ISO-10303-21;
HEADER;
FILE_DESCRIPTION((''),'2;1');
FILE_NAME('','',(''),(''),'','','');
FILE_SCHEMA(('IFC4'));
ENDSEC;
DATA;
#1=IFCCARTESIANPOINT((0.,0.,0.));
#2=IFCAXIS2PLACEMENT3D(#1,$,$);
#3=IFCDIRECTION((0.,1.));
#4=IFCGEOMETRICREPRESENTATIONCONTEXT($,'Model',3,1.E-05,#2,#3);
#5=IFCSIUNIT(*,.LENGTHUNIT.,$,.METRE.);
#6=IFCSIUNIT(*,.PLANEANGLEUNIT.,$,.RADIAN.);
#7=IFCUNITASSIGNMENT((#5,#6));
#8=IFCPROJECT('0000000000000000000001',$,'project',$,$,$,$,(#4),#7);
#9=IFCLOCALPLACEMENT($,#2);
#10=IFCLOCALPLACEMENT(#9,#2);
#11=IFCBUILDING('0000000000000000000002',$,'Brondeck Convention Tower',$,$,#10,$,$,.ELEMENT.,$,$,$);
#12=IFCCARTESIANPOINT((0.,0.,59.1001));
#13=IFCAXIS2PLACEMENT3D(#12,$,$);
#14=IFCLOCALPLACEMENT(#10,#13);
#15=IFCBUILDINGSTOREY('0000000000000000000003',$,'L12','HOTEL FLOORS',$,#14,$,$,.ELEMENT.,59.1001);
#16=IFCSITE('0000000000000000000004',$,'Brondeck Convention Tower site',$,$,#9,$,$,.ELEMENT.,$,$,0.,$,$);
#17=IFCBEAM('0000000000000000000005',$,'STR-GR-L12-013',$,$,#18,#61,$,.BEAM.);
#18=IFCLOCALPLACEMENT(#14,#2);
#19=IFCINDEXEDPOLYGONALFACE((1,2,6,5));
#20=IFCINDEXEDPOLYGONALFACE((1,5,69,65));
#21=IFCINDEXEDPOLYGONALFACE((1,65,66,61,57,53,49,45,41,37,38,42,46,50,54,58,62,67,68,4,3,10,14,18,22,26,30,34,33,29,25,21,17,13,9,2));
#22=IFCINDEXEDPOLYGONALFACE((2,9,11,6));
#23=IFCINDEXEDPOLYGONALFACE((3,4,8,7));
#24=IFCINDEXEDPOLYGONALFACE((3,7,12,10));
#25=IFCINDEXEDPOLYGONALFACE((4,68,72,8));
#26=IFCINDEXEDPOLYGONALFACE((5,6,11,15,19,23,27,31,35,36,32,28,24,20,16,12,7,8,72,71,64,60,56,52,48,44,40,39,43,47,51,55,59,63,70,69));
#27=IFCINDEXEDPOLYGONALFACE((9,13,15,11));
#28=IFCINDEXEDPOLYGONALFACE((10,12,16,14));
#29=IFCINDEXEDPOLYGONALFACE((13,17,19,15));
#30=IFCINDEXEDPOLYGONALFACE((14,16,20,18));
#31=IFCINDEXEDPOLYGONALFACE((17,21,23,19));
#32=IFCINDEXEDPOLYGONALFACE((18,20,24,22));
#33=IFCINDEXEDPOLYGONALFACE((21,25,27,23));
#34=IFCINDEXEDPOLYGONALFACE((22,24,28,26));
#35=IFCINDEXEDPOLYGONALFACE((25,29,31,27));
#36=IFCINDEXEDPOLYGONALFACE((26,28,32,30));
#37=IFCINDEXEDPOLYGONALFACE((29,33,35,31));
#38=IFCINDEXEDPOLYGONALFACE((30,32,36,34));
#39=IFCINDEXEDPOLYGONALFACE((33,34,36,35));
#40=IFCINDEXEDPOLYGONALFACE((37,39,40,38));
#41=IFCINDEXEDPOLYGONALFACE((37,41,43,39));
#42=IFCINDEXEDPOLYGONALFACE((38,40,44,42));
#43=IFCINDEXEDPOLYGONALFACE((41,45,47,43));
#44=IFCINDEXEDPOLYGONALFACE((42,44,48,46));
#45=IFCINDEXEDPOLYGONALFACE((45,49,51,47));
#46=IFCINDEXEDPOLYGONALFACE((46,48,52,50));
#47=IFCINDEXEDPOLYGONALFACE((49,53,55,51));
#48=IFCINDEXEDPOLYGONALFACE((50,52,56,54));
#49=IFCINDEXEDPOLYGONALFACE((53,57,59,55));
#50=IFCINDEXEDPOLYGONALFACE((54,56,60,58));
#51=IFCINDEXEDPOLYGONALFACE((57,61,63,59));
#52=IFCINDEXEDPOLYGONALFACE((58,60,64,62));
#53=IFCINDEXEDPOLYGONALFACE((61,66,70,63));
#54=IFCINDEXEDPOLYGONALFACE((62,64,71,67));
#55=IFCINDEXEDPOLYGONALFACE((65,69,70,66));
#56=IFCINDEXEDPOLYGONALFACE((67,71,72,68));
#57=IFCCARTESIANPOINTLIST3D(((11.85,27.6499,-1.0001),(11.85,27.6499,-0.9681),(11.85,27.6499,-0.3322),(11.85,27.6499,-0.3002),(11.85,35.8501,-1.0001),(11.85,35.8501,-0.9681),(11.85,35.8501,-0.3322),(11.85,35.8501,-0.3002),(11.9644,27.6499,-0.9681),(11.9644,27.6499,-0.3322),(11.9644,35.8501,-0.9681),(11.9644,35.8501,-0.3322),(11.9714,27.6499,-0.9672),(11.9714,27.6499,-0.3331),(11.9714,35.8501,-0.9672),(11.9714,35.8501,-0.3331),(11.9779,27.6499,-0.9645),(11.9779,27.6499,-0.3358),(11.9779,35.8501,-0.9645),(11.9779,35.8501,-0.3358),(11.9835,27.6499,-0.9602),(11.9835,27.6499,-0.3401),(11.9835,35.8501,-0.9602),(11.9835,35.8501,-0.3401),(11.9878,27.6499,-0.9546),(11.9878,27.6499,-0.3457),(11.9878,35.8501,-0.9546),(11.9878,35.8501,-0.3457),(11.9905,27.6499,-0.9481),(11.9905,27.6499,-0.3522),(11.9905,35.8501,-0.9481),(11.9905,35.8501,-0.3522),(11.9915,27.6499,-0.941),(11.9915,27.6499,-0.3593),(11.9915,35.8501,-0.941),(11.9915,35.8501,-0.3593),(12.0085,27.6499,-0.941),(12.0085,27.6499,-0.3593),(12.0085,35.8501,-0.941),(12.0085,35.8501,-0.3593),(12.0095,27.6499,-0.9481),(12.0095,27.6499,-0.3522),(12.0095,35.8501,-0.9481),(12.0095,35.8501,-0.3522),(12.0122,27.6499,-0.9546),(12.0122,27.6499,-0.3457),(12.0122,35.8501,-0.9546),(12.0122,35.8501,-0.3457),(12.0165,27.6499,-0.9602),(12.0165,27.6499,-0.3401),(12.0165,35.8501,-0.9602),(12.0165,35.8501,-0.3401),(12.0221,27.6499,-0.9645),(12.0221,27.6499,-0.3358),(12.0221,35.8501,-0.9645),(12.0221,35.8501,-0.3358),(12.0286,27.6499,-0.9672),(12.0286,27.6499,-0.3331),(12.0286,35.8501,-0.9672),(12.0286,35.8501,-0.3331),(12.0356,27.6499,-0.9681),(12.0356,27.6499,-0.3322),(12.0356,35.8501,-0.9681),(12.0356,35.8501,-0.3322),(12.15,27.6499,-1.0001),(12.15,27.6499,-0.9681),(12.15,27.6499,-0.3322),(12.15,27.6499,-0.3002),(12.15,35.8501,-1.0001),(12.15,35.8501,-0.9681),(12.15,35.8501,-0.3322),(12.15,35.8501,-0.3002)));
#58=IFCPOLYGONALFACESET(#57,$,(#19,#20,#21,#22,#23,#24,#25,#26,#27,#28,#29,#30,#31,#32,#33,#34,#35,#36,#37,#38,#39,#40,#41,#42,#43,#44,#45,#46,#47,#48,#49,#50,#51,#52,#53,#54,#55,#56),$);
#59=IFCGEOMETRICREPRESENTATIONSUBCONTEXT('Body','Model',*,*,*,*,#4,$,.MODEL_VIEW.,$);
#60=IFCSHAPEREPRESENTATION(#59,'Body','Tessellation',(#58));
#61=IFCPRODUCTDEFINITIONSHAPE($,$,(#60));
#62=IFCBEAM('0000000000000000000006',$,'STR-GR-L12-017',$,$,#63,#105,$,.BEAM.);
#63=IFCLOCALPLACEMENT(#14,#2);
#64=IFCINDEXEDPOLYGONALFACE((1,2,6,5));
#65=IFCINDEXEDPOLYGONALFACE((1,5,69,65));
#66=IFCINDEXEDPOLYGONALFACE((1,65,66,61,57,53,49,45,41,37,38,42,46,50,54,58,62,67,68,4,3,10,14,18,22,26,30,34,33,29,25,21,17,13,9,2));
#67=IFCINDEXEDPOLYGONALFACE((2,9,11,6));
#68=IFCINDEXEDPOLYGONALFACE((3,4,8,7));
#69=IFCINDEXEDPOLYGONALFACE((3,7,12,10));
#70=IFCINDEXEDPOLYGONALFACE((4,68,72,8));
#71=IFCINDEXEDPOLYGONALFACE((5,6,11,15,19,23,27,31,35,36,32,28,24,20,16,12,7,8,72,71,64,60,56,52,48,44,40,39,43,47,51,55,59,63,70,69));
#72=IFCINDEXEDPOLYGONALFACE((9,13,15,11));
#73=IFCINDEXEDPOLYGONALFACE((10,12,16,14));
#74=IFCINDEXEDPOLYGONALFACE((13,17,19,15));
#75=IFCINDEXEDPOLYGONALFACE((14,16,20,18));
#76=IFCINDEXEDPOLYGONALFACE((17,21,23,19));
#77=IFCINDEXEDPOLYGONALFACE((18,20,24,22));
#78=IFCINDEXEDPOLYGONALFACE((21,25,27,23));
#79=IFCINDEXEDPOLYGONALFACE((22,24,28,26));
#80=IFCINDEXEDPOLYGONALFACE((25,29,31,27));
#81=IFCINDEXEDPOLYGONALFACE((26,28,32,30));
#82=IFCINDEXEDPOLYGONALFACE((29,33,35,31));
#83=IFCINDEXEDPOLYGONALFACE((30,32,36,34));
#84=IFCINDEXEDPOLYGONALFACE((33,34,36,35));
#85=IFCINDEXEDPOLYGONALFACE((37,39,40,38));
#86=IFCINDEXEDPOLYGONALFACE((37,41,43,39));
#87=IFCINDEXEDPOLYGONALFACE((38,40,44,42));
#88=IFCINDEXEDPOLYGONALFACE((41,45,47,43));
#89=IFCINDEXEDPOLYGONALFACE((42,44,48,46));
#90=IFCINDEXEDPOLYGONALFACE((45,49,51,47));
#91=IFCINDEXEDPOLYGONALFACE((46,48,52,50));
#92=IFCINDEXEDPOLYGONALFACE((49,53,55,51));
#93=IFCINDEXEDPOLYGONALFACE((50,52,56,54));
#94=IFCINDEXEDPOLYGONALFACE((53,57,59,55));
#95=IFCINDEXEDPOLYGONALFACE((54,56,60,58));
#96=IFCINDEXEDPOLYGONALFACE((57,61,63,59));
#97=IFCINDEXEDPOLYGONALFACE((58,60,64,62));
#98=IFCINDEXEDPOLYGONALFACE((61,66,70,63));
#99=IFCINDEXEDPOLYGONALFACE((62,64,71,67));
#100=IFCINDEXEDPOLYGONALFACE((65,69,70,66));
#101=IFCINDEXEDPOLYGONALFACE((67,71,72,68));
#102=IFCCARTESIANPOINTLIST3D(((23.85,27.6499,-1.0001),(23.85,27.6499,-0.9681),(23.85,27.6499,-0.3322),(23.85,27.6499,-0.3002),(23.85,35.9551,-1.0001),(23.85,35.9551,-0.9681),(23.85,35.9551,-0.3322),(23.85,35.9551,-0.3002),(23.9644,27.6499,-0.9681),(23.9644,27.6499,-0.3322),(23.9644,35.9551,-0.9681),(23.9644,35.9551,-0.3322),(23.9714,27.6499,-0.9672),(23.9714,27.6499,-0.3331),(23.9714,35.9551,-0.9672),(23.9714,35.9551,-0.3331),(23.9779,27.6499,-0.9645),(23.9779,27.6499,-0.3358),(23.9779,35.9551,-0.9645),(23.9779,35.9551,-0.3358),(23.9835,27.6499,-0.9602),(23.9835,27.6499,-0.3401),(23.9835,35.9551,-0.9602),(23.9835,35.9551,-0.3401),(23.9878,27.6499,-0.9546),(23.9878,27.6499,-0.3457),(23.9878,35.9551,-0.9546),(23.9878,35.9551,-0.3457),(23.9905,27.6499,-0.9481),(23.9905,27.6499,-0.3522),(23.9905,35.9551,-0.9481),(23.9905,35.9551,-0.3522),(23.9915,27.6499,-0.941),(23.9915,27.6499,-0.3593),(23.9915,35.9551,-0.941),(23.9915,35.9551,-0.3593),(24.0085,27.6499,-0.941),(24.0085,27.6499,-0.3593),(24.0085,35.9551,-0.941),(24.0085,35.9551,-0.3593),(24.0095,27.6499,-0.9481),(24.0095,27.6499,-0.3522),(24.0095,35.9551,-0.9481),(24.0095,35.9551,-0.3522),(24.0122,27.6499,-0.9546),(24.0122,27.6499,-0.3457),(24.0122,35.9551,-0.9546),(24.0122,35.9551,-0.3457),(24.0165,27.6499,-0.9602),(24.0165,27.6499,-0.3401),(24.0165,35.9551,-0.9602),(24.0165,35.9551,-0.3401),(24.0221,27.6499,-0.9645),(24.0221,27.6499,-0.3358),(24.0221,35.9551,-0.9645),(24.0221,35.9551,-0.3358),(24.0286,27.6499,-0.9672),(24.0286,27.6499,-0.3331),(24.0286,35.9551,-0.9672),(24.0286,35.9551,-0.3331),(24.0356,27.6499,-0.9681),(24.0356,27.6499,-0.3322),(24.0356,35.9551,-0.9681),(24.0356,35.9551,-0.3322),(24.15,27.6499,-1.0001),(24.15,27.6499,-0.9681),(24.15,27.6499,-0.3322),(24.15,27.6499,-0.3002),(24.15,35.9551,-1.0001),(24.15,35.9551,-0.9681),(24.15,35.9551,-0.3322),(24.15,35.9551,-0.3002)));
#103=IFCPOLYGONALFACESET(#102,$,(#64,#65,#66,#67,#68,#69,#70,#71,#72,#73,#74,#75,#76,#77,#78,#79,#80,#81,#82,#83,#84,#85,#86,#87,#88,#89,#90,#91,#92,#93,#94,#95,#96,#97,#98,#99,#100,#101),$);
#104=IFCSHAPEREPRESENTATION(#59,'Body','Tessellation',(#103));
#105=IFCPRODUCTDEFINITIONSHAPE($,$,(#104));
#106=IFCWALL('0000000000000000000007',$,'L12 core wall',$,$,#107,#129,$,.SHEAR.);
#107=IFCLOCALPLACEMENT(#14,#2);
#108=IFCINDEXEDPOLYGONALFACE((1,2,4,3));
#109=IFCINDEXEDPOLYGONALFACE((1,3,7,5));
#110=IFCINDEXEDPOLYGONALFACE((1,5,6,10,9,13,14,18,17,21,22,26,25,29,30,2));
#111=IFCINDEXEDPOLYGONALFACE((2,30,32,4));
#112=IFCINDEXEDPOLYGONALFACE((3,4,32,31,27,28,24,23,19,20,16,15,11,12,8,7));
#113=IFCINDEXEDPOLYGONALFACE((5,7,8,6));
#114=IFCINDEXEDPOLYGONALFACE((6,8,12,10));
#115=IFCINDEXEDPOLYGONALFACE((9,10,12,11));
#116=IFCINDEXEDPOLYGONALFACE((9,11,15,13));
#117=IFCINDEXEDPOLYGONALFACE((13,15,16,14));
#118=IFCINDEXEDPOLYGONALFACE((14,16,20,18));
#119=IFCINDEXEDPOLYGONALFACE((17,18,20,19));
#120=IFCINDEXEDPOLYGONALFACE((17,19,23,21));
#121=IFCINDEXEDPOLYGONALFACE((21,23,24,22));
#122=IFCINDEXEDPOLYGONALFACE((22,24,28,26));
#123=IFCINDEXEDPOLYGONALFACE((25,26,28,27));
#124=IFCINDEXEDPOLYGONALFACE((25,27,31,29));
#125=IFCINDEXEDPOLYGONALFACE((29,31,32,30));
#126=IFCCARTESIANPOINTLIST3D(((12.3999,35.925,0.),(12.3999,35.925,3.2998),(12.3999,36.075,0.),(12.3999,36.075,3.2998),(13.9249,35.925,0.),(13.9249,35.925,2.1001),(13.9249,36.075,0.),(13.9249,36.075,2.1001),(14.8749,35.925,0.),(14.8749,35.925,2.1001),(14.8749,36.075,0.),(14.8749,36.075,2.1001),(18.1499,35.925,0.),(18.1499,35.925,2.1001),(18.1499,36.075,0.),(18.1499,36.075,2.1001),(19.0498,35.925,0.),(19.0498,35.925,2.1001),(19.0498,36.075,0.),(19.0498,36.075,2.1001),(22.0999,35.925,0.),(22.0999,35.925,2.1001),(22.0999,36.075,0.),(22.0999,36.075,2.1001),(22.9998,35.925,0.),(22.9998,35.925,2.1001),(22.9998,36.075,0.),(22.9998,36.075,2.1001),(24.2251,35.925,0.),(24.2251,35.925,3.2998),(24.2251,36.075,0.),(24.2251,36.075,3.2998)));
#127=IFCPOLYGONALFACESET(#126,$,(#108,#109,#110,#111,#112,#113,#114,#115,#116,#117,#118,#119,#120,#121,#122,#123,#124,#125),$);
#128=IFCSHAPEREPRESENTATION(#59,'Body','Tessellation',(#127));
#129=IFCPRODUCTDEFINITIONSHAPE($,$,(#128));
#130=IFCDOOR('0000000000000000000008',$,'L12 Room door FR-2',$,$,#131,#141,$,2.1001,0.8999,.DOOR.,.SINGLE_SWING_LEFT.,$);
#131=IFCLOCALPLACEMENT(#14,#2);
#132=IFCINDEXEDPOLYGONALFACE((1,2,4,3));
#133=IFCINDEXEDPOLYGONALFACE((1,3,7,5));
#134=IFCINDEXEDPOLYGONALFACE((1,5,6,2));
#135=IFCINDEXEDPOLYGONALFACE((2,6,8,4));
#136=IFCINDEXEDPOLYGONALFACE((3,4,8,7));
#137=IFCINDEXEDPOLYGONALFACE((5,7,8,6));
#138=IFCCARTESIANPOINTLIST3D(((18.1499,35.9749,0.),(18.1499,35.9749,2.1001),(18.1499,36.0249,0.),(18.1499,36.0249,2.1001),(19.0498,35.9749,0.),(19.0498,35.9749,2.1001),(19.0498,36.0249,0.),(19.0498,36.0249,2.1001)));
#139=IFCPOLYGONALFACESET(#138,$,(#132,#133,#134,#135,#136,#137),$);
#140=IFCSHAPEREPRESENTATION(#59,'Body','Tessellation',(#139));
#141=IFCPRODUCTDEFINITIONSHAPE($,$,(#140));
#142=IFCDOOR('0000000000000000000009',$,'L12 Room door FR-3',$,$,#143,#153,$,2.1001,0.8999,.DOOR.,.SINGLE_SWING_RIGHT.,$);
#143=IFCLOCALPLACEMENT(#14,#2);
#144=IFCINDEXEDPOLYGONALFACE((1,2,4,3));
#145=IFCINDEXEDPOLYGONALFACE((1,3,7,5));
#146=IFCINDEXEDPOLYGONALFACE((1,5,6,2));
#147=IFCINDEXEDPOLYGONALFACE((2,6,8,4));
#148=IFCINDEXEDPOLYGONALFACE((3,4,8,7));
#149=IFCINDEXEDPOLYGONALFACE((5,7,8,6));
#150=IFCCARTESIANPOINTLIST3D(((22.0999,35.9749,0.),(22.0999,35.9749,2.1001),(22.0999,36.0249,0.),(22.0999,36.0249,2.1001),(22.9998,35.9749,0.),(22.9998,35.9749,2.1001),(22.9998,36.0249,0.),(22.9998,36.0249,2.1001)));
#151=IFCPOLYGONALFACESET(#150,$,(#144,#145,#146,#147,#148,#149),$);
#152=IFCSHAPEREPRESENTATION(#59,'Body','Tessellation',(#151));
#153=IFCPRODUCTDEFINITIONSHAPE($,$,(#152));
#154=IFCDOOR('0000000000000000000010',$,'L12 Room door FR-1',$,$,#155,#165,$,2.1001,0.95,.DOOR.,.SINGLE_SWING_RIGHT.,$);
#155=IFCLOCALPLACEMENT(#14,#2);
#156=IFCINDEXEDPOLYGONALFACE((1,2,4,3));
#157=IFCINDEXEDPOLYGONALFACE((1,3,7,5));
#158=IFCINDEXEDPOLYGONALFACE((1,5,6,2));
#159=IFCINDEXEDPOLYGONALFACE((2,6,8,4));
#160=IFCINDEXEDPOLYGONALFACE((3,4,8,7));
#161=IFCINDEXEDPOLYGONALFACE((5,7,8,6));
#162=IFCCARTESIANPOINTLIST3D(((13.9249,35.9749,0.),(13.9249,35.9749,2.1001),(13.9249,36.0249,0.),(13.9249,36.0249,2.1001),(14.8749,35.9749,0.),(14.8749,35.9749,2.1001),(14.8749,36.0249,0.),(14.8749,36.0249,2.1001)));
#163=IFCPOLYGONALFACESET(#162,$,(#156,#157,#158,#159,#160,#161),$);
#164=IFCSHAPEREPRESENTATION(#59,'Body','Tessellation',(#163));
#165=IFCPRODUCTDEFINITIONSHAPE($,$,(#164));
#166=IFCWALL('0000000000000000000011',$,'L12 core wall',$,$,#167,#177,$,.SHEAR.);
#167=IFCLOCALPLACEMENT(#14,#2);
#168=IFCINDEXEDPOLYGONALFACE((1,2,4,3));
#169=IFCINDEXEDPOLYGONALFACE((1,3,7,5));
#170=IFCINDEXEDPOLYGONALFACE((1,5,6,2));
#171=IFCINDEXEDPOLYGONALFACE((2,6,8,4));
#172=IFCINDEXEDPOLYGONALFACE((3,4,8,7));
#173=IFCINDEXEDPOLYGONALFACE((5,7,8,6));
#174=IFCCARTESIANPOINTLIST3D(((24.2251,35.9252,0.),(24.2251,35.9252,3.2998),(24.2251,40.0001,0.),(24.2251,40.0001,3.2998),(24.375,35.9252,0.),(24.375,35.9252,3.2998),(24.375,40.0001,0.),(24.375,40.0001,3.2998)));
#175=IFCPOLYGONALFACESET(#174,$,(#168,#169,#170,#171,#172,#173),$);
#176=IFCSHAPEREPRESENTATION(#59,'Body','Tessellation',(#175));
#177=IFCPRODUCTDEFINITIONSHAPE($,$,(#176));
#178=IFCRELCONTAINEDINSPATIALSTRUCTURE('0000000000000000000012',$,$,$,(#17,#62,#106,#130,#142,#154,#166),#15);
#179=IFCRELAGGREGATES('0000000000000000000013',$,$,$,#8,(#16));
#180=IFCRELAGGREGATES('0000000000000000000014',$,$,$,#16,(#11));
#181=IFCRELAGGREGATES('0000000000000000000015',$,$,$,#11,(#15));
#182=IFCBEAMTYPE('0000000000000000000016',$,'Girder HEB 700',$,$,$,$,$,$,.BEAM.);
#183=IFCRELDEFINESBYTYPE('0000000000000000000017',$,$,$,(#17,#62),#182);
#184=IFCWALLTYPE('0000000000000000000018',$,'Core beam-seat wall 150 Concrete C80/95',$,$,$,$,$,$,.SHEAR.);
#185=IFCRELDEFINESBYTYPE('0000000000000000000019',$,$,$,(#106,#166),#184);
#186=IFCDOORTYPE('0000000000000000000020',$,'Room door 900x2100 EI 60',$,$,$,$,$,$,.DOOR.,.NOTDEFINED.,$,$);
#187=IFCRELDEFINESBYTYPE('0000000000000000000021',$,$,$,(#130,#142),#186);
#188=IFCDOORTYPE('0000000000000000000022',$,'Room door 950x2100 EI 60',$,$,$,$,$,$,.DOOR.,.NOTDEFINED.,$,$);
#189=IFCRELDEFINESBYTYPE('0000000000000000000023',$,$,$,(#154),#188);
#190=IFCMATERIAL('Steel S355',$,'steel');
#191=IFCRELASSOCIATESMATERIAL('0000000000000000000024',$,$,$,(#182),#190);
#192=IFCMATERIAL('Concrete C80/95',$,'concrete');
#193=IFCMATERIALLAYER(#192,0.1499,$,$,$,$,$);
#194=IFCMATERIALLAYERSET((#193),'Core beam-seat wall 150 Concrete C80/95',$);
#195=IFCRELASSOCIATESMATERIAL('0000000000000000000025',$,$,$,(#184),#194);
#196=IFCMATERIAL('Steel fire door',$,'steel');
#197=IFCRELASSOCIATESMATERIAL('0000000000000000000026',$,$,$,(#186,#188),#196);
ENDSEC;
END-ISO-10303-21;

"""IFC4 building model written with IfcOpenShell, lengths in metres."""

from ifc_helpers import new_model, si_unit, direction, frame, frame_2d, origin, origin_2d, place, context, subcontext, project, spatial, rectangle, i_section, extrude, material, layer, layer_set, material_profile, profile_set, type_object, element, fill, save


model = new_model("IFC4")

# Units and contexts
model_context = context("Model", 3, precision=1e-05, world=origin(), true_north=direction((0.0, 1.0)))
body_context = subcontext(model_context, "Body", "Model", "MODEL_VIEW")
ifc_project = project(units=[si_unit("LENGTHUNIT", "METRE"), si_unit("PLANEANGLEUNIT", "RADIAN")], contexts=[model_context])

# Site, building, storey
site_placement = place(None, origin())
site = spatial("IfcSite", under=ifc_project, at=site_placement, Name="Brondeck Convention Tower site", CompositionType="ELEMENT", RefElevation=0.0)
building_placement = place(site_placement, origin())
building = spatial("IfcBuilding", under=site, at=building_placement, Name="Brondeck Convention Tower", CompositionType="ELEMENT")
storey_placement = place(building_placement, frame((0.0, 0.0, 59.1001)))
storey = spatial("IfcBuildingStorey", under=building, at=storey_placement, Name="L12", Description="HOTEL FLOORS", CompositionType="ELEMENT", Elevation=59.1001)

# Beams
ifc_material_1 = material(Name="Steel S355", Category="steel")
ifc_material_profile = material_profile(ifc_material_1, i_section(OverallWidth=0.3, OverallDepth=0.7, WebThickness=0.0171, FlangeThickness=0.032, FilletRadius=0.0271, at=origin_2d()), Name="HEB 700")
ifc_profile_set = profile_set([ifc_material_profile], Name="Steel S355")
beam_type = type_object("IfcBeamType", Name="Girder HEB 700", PredefinedType="BEAM", material=ifc_profile_set)
beam_1_placement = place(storey_placement, frame((12.0, 35.8501, -0.6501), z_axis=(0.0, -1.0, 0.0), x_axis=(1.0, 0.0, 0.0)))
element("IfcBeam", 1, at=beam_1_placement, inside=storey, type_object=beam_type, Name="STR-GR-L12-013", PredefinedType="BEAM", context=body_context, shape_type="SweptSolid", body=[
    extrude(i_section(OverallWidth=0.3, OverallDepth=0.7, WebThickness=0.0171, FlangeThickness=0.032, FilletRadius=0.0271, at=origin_2d()), origin(), (0.0, 0.0, 1.0), 8.2002),
])
beam_2_placement = place(storey_placement, frame((24.0, 35.9551, -0.6501), z_axis=(0.0, -1.0, 0.0), x_axis=(1.0, 0.0, 0.0)))
element("IfcBeam", 2, at=beam_2_placement, inside=storey, type_object=beam_type, Name="STR-GR-L12-017", PredefinedType="BEAM", context=body_context, shape_type="SweptSolid", body=[
    extrude(i_section(OverallWidth=0.3, OverallDepth=0.7, WebThickness=0.0171, FlangeThickness=0.032, FilletRadius=0.0271, at=origin_2d()), origin(), (0.0, 0.0, 1.0), 8.3052),
])

# Wall, openings, doors
ifc_material_2 = material(Name="Concrete C80/95", Category="concrete")
ifc_layer_1 = layer(ifc_material_2, 0.1499)
ifc_layer_set_1 = layer_set([ifc_layer_1], Name="Core beam-seat wall 150 Concrete C80/95")
wall_type_1 = type_object("IfcWallType", Name="Core beam-seat wall 150 Concrete C80/95", PredefinedType="SHEAR", material=ifc_layer_set_1)
wall_1_placement = place(storey_placement, frame((12.3999, 36.0, 0.0), z_axis=(0.0, 0.0, 1.0), x_axis=(1.0, 0.0, 0.0)))
wall_1 = element("IfcWall", 3, at=wall_1_placement, inside=storey, type_object=wall_type_1, Name="L12 core wall", PredefinedType="SHEAR", context=body_context, shape_type="SweptSolid", body=[
    extrude(rectangle(XDim=11.8252, YDim=0.1499, at=frame_2d((5.9126, 0.0))), origin(), (0.0, 0.0, 1.0), 3.2998),
])
opening_1_placement = place(wall_1_placement, frame((1.5249, 0.0, 0.0)))
opening_1 = element("IfcOpeningElement", 4, at=opening_1_placement, cuts=wall_1, PredefinedType="OPENING", context=body_context, shape_type="SweptSolid", body=[
    extrude(rectangle(XDim=0.95, YDim=2.1001, at=frame_2d((0.4751, 1.05))), frame((0.0, 0.085, 0.0), z_axis=(0.0, -1.0, 0.0), x_axis=(1.0, 0.0, 0.0)), (0.0, 0.0, 1.0), 0.1699),
])
opening_2_placement = place(wall_1_placement, frame((5.75, 0.0, 0.0)))
opening_2 = element("IfcOpeningElement", 5, at=opening_2_placement, cuts=wall_1, PredefinedType="OPENING", context=body_context, shape_type="SweptSolid", body=[
    extrude(rectangle(XDim=0.8999, YDim=2.1001, at=frame_2d((0.45, 1.05))), frame((0.0, 0.085, 0.0), z_axis=(0.0, -1.0, 0.0), x_axis=(1.0, 0.0, 0.0)), (0.0, 0.0, 1.0), 0.1699),
])
opening_3_placement = place(wall_1_placement, frame((9.7, 0.0, 0.0)))
opening_3 = element("IfcOpeningElement", 6, at=opening_3_placement, cuts=wall_1, PredefinedType="OPENING", context=body_context, shape_type="SweptSolid", body=[
    extrude(rectangle(XDim=0.8999, YDim=2.1001, at=frame_2d((0.45, 1.05))), frame((0.0, 0.085, 0.0), z_axis=(0.0, -1.0, 0.0), x_axis=(1.0, 0.0, 0.0)), (0.0, 0.0, 1.0), 0.1699),
])
ifc_material_3 = material(Name="Steel fire door", Category="steel")
door_type_1 = type_object("IfcDoorType", Name="Room door 900x2100 EI 60", OperationType="NOTDEFINED", PredefinedType="DOOR", material=ifc_material_3)
door_1_placement = place(opening_2_placement, origin())
door_1 = element("IfcDoor", 7, at=door_1_placement, inside=storey, type_object=door_type_1, Name="L12 Room door FR-2", OperationType="SINGLE_SWING_LEFT", OverallHeight=2.1001, OverallWidth=0.8999, PredefinedType="DOOR", context=body_context, shape_type="SweptSolid", body=[
    extrude(rectangle(XDim=0.8999, YDim=2.1001, at=frame_2d((0.45, 1.05))), frame((0.0, 0.0249, 0.0), z_axis=(0.0, -1.0, 0.0), x_axis=(1.0, 0.0, 0.0)), (0.0, 0.0, 1.0), 0.05),
])
fill(opening_2, door_1)
door_2_placement = place(opening_3_placement, origin())
door_2 = element("IfcDoor", 8, at=door_2_placement, inside=storey, type_object=door_type_1, Name="L12 Room door FR-3", OperationType="SINGLE_SWING_RIGHT", OverallHeight=2.1001, OverallWidth=0.8999, PredefinedType="DOOR", context=body_context, shape_type="SweptSolid", body=[
    extrude(rectangle(XDim=0.8999, YDim=2.1001, at=frame_2d((0.45, 1.05))), frame((0.0, 0.0249, 0.0), z_axis=(0.0, -1.0, 0.0), x_axis=(1.0, 0.0, 0.0)), (0.0, 0.0, 1.0), 0.05),
])
fill(opening_3, door_2)
door_type_2 = type_object("IfcDoorType", Name="Room door 950x2100 EI 60", OperationType="NOTDEFINED", PredefinedType="DOOR", material=ifc_material_3)
door_3_placement = place(opening_1_placement, origin())
door_3 = element("IfcDoor", 9, at=door_3_placement, inside=storey, type_object=door_type_2, Name="L12 Room door FR-1", OperationType="SINGLE_SWING_RIGHT", OverallHeight=2.1001, OverallWidth=0.95, PredefinedType="DOOR", context=body_context, shape_type="SweptSolid", body=[
    extrude(rectangle(XDim=0.95, YDim=2.1001, at=frame_2d((0.4751, 1.05))), frame((0.0, 0.0249, 0.0), z_axis=(0.0, -1.0, 0.0), x_axis=(1.0, 0.0, 0.0)), (0.0, 0.0, 1.0), 0.05),
])
fill(opening_1, door_3)

# Wall
wall_2_placement = place(storey_placement, frame((24.3, 35.925, 0.0), z_axis=(0.0, 0.0, 1.0), x_axis=(0.0, 1.0, 0.0)))
element("IfcWall", 10, at=wall_2_placement, inside=storey, type_object=wall_type_1, Name="L12 core wall", PredefinedType="SHEAR", context=body_context, shape_type="SweptSolid", body=[
    extrude(rectangle(XDim=4.075, YDim=0.1499, at=frame_2d((2.0376, 0.0))), origin(), (0.0, 0.0, 1.0), 3.2998),
])

save(model, "model.ifc")
